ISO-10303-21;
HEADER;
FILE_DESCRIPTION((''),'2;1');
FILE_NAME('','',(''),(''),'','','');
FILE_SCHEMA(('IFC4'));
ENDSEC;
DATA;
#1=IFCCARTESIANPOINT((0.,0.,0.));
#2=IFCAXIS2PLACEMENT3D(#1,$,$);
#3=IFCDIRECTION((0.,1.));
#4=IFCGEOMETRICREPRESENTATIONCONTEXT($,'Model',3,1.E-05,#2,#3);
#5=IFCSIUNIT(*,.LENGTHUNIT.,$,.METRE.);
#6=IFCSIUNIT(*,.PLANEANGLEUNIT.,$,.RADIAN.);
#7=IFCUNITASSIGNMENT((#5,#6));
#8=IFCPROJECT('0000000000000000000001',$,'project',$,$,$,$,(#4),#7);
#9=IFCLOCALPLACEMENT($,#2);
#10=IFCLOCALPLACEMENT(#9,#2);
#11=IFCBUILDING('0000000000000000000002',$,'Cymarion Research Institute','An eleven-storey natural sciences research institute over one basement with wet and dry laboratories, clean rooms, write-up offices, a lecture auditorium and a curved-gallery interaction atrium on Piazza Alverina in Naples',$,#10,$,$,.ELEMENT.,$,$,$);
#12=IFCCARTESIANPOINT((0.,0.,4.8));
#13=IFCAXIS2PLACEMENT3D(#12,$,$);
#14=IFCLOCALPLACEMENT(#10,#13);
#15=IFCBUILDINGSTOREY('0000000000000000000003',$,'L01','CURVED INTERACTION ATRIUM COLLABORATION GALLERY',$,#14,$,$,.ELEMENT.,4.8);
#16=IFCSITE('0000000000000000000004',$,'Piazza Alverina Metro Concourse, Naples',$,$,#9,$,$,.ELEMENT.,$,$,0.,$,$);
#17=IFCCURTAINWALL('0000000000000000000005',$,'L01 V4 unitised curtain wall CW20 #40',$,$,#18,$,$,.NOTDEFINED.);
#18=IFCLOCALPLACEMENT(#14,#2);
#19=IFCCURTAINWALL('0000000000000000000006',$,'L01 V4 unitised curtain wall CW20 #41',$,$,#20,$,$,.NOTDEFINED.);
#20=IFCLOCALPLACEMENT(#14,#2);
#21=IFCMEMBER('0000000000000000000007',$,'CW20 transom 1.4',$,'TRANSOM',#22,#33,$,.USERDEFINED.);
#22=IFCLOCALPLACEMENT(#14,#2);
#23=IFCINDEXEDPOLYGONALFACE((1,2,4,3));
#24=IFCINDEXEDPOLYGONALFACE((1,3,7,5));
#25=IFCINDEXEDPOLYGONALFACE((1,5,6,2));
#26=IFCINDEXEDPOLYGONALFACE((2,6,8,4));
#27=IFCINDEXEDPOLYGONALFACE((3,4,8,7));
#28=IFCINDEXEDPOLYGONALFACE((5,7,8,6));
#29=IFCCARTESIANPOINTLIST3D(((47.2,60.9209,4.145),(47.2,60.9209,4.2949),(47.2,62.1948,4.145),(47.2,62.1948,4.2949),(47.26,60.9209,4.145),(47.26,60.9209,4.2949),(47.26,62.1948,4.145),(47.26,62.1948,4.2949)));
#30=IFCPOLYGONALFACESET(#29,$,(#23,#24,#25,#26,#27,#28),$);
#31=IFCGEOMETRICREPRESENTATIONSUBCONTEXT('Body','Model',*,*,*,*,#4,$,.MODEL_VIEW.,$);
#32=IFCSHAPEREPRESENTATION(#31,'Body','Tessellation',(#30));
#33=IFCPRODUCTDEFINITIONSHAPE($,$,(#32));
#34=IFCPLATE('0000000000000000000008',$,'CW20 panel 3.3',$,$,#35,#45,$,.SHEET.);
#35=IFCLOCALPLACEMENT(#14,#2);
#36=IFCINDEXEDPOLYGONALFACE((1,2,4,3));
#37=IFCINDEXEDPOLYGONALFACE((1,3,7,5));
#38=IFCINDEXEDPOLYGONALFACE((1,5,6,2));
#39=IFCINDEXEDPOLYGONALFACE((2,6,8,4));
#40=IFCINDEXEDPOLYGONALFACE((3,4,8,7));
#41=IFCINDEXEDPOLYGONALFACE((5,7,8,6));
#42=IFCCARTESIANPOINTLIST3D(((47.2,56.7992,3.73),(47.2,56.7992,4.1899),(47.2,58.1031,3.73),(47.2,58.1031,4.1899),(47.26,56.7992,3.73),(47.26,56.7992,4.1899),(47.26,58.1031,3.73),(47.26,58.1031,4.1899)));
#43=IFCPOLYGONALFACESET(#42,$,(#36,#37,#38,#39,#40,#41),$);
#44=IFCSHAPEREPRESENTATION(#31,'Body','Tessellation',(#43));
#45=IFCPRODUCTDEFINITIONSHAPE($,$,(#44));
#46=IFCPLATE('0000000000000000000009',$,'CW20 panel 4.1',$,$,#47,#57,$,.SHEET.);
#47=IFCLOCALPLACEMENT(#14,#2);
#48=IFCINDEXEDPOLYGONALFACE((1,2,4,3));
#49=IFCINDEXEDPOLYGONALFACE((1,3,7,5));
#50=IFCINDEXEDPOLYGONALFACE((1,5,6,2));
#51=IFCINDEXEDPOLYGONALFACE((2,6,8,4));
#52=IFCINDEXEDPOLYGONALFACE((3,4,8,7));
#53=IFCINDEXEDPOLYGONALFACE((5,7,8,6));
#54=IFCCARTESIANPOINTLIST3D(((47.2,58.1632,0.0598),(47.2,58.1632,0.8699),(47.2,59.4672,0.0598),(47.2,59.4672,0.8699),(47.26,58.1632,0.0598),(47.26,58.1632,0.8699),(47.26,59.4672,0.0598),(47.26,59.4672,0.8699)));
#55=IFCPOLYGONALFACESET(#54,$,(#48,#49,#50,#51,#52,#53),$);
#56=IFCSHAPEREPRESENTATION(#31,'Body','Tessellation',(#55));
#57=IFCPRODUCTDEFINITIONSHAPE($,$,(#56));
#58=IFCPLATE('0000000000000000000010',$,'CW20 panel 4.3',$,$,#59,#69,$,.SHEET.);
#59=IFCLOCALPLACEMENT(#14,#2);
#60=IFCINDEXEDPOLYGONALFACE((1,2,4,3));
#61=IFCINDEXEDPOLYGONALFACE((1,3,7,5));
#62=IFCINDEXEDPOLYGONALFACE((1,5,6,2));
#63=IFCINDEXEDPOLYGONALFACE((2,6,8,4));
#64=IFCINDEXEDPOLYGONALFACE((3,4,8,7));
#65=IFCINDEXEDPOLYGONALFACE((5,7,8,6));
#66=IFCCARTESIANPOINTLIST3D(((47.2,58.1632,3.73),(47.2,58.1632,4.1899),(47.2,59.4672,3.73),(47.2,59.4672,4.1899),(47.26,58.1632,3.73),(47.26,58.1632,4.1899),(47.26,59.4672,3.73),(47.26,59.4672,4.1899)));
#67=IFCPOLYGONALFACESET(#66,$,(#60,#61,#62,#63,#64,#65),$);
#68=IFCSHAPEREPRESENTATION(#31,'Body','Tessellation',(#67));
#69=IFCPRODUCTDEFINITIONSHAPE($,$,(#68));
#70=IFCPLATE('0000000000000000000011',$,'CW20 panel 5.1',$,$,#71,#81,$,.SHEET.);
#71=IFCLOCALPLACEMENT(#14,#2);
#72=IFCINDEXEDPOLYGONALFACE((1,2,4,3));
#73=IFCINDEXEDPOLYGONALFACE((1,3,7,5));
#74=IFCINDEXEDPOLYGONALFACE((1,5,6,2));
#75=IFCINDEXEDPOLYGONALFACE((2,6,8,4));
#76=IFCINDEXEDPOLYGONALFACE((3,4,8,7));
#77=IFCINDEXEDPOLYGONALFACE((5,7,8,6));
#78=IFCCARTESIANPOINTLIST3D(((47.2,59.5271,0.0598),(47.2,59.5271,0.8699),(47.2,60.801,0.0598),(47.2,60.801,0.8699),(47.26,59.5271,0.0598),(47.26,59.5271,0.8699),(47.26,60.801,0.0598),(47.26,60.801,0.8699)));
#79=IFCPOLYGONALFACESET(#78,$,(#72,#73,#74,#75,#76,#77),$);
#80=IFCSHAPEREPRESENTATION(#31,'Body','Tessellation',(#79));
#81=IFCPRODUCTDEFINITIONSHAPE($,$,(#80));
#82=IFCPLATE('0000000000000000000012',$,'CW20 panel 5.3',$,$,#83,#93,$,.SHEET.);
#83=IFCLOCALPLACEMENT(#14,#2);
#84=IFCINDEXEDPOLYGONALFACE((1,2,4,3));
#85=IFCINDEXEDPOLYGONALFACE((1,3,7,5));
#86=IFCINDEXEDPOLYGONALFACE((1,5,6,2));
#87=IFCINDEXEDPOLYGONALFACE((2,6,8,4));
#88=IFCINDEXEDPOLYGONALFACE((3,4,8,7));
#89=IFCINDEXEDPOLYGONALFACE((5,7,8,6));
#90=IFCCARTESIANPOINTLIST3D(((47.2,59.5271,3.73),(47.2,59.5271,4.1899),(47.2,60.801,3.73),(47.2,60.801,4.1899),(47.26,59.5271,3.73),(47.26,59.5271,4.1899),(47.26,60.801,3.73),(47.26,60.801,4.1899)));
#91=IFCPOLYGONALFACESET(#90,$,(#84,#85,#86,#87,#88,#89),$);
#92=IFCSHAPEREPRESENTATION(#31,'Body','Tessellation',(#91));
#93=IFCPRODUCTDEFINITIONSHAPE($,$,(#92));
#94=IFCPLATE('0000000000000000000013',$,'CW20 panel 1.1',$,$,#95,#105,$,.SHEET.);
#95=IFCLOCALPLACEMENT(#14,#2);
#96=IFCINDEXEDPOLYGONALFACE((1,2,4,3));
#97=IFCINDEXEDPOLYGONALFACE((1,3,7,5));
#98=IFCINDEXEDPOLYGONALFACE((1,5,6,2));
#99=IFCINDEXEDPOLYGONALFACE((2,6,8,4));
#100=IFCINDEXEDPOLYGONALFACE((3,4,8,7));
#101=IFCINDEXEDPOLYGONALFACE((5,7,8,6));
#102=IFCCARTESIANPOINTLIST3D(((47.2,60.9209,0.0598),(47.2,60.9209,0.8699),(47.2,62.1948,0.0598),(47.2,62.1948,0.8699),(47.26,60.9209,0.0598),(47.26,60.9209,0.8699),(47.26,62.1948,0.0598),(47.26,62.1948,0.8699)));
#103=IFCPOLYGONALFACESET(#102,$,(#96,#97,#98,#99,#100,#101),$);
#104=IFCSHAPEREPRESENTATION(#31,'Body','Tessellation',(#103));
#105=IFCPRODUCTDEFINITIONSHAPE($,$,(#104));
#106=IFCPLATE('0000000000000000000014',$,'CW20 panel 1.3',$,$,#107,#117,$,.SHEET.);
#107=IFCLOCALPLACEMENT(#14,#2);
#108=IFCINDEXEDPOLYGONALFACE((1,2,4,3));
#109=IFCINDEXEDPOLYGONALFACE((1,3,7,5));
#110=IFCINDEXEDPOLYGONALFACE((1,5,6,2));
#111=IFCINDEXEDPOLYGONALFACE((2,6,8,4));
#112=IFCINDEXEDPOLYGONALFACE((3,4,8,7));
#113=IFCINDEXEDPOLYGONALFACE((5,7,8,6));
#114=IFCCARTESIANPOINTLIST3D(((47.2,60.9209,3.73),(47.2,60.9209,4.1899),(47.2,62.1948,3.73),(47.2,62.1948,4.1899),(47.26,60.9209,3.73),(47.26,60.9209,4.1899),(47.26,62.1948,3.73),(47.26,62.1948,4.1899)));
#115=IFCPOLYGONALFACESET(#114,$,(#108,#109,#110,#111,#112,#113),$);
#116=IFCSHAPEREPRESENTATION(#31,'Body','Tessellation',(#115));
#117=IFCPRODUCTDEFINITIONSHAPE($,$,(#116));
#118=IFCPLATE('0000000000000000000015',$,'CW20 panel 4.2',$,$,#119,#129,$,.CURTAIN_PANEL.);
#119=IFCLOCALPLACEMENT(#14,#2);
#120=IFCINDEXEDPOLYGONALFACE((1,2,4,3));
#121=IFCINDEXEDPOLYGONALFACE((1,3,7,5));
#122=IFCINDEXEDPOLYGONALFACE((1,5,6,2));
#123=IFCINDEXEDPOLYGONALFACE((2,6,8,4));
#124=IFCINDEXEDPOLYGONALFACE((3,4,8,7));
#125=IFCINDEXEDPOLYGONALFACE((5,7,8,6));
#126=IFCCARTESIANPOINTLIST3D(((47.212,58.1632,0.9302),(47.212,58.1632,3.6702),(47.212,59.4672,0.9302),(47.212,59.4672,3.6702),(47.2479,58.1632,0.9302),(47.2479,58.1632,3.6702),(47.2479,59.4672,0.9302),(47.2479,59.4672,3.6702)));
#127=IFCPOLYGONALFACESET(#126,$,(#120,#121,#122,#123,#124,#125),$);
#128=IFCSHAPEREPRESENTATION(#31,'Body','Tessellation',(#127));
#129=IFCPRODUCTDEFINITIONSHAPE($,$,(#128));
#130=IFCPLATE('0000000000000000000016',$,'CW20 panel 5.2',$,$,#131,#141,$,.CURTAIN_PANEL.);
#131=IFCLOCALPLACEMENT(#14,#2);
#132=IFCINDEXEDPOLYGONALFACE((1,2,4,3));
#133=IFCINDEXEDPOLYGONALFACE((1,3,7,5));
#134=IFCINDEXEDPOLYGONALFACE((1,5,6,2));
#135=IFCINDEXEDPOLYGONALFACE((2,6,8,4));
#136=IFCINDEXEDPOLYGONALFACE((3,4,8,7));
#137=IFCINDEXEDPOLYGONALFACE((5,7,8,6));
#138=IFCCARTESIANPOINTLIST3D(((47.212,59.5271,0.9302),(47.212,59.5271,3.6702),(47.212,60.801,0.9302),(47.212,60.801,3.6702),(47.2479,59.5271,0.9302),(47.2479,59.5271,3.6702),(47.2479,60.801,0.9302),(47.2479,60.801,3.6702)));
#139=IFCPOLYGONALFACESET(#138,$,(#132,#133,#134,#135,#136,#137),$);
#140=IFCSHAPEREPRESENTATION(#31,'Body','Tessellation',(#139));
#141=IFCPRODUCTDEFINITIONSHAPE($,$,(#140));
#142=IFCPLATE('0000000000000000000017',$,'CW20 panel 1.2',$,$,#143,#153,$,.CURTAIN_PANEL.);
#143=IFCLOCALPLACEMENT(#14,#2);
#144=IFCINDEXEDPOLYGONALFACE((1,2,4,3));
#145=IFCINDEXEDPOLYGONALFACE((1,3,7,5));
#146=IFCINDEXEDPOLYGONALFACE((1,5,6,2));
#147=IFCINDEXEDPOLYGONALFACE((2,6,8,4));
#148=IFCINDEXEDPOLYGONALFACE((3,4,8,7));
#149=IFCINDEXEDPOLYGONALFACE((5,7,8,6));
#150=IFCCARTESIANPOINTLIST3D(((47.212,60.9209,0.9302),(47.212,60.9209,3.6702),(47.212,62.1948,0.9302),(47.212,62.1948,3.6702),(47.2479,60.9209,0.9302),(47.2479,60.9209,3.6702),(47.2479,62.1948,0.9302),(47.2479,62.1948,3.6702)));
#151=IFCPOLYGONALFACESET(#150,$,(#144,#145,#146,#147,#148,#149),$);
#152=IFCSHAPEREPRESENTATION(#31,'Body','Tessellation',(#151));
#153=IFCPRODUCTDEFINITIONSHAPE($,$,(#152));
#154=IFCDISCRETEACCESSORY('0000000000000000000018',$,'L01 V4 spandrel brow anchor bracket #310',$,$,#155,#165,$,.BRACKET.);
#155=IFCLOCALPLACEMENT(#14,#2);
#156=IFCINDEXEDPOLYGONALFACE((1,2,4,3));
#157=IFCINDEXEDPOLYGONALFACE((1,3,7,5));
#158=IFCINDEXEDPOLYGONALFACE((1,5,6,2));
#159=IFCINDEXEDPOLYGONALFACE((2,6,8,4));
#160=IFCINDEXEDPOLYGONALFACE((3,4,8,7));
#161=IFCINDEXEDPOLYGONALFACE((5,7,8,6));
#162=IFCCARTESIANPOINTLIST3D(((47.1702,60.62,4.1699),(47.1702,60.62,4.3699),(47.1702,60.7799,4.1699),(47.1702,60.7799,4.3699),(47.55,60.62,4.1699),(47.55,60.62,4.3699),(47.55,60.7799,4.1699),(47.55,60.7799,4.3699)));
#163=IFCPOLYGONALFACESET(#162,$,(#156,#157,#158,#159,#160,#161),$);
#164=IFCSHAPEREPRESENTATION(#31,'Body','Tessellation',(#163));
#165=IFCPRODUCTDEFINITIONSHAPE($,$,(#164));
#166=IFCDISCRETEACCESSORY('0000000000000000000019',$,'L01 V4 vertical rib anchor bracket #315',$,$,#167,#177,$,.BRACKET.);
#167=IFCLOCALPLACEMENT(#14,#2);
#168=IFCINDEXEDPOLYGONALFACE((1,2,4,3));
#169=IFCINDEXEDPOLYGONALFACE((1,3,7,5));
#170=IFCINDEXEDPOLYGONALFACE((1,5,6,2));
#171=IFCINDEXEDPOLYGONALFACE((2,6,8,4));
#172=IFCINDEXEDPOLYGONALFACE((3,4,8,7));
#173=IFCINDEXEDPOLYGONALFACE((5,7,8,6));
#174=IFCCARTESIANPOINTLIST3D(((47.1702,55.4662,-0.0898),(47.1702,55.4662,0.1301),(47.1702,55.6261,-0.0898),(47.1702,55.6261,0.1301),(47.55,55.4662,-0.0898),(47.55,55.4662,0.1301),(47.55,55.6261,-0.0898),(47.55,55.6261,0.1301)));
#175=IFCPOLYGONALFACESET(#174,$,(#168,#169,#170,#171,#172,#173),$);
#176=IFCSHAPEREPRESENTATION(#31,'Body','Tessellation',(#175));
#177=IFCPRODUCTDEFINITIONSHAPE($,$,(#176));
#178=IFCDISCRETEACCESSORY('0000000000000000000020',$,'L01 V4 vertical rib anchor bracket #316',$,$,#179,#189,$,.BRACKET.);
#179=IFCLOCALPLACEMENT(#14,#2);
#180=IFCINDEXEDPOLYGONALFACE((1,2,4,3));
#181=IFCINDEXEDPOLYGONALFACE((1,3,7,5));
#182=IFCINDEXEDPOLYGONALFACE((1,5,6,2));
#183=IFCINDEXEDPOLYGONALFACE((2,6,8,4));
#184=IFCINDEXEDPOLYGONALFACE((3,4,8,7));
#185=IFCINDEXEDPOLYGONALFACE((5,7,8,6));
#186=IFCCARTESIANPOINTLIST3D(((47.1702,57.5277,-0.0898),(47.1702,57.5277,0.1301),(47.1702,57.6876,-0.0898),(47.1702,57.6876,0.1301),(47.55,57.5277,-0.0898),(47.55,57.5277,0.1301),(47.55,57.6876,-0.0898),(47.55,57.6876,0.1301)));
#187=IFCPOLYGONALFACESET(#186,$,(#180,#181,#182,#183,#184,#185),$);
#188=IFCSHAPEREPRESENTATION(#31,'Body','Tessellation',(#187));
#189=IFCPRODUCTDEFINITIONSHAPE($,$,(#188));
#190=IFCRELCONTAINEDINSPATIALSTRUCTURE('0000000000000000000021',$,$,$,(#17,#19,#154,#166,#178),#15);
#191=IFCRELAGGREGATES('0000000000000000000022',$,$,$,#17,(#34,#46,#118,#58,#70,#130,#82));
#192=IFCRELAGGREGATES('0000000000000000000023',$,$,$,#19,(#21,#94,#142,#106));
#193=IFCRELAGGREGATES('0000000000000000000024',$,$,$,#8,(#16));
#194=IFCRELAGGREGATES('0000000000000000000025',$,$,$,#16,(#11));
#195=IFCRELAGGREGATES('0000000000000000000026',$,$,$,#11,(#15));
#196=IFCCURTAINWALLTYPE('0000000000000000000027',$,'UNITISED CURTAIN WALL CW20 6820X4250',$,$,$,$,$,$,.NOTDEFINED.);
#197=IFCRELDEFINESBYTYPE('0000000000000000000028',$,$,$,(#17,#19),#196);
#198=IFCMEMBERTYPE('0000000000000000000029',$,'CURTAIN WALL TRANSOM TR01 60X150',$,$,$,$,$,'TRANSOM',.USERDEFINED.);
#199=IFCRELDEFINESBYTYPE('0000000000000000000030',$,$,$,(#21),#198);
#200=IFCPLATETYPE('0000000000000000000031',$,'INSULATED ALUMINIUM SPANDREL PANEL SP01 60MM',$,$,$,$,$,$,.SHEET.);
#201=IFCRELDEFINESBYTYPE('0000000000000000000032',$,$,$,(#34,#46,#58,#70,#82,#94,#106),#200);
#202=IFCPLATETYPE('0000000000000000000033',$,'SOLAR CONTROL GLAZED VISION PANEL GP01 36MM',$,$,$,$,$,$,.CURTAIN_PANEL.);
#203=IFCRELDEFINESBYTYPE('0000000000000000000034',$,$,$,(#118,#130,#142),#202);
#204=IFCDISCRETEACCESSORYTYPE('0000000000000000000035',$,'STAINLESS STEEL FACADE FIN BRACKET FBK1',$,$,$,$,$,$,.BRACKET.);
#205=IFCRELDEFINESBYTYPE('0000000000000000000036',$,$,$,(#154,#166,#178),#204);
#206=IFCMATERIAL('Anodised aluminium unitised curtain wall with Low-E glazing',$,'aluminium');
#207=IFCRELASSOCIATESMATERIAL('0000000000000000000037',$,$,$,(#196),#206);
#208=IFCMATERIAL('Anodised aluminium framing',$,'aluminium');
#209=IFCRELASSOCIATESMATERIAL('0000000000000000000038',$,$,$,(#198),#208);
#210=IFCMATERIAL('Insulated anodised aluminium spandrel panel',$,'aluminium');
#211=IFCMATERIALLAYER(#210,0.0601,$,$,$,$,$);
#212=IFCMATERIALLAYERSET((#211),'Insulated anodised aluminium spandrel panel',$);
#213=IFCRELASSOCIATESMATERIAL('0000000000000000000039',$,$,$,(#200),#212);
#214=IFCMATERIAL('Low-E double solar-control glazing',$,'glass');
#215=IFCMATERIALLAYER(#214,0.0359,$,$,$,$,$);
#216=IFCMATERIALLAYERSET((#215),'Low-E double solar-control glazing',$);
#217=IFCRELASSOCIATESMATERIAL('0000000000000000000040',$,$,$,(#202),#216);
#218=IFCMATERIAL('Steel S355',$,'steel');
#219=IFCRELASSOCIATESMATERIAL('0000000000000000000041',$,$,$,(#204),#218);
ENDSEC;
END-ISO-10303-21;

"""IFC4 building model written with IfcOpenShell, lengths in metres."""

from ifc_helpers import new_model, si_unit, direction, frame, origin, origin_2d, place, context, subcontext, project, spatial, rectangle, extrude, material, layer, layer_set, material_profile, profile_set, type_object, element, aggregate, save


model = new_model("IFC4")

# Units and contexts
model_context = context("Model", 3, precision=1e-05, world=origin(), true_north=direction((0.0, 1.0)))
body_context = subcontext(model_context, "Body", "Model", "MODEL_VIEW")
ifc_project = project(units=[si_unit("LENGTHUNIT", "METRE"), si_unit("PLANEANGLEUNIT", "RADIAN")], contexts=[model_context])

# Site, building, storey
site_placement = place(None, origin())
site = spatial("IfcSite", under=ifc_project, at=site_placement, Name="Piazza Alverina Metro Concourse, Naples", CompositionType="ELEMENT", RefElevation=0.0)
building_placement = place(site_placement, origin())
building = spatial("IfcBuilding", under=site, at=building_placement, Name="Cymarion Research Institute", Description="An eleven-storey natural sciences research institute over one basement with wet and dry laboratories, clean rooms, write-up offices, a lecture auditorium and a curved-gallery interaction atrium on Piazza Alverina in Naples", CompositionType="ELEMENT")
storey_placement = place(building_placement, frame((0.0, 0.0, 4.8)))
storey = spatial("IfcBuildingStorey", under=building, at=storey_placement, Name="L01", Description="CURVED INTERACTION ATRIUM COLLABORATION GALLERY", CompositionType="ELEMENT", Elevation=4.8)

# Curtain wall
ifc_material_1 = material(Name="Anodised aluminium unitised curtain wall with Low-E glazing", Category="aluminium")
curtain_wall_type = type_object("IfcCurtainWallType", Name="UNITISED CURTAIN WALL CW20 6820X4250", PredefinedType="NOTDEFINED", material=ifc_material_1)
curtain_wall_1_placement = place(storey_placement, origin())
curtain_wall_1 = element("IfcCurtainWall", 1, at=curtain_wall_1_placement, inside=storey, type_object=curtain_wall_type, Name="L01 V4 unitised curtain wall CW20 #40", PredefinedType="NOTDEFINED")
ifc_material_2 = material(Name="Anodised aluminium framing", Category="aluminium")

# Curtain wall
curtain_wall_2_placement = place(storey_placement, origin())
curtain_wall_2 = element("IfcCurtainWall", 2, at=curtain_wall_2_placement, inside=storey, type_object=curtain_wall_type, Name="L01 V4 unitised curtain wall CW20 #41", PredefinedType="NOTDEFINED")

# Member
ifc_material_profile_1 = material_profile(ifc_material_2, rectangle(XDim=0.0601, YDim=0.1499, at=origin_2d()), Name="ALU TRANSOM 60x150")
ifc_profile_set_1 = profile_set([ifc_material_profile_1], Name="Anodised aluminium framing")
member_type_1 = type_object("IfcMemberType", Name="CURTAIN WALL TRANSOM TR01 60X150", ElementType="TRANSOM", PredefinedType="USERDEFINED", material=ifc_profile_set_1)
member_1_placement = place(storey_placement, frame((47.23, 60.9209, 4.22), z_axis=(0.0, 1.0, 0.0), x_axis=(-1.0, 0.0, 0.0)))
member_1 = element("IfcMember", 3, at=member_1_placement, type_object=member_type_1, Name="CW20 transom 1.4", ObjectType="TRANSOM", PredefinedType="USERDEFINED", context=body_context, shape_type="SweptSolid", body=[
    extrude(rectangle(XDim=0.0601, YDim=0.1499, at=origin_2d()), origin(), (0.0, 0.0, 1.0), 1.2739),
])

# Plates
ifc_material_3 = material(Name="Insulated anodised aluminium spandrel panel", Category="aluminium")
ifc_layer_1 = layer(ifc_material_3, 0.0601)
ifc_layer_set_1 = layer_set([ifc_layer_1], Name="Insulated anodised aluminium spandrel panel")
plate_type_1 = type_object("IfcPlateType", Name="INSULATED ALUMINIUM SPANDREL PANEL SP01 60MM", PredefinedType="SHEET", material=ifc_layer_set_1)
plate_1_placement = place(storey_placement, frame((47.23, 57.4512, 3.73), z_axis=(0.0, 0.0, 1.0), x_axis=(0.0, 1.0, 0.0)))
plate_1 = element("IfcPlate", 4, at=plate_1_placement, type_object=plate_type_1, Name="CW20 panel 3.3", PredefinedType="SHEET", context=body_context, shape_type="SweptSolid", body=[
    extrude(rectangle(XDim=1.304, YDim=0.0601, at=origin_2d()), origin(), (0.0, 0.0, 1.0), 0.46),
])
plate_2_placement = place(storey_placement, frame((47.23, 58.8152, 0.0598), z_axis=(0.0, 0.0, 1.0), x_axis=(0.0, 1.0, 0.0)))
plate_2 = element("IfcPlate", 5, at=plate_2_placement, type_object=plate_type_1, Name="CW20 panel 4.1", PredefinedType="SHEET", context=body_context, shape_type="SweptSolid", body=[
    extrude(rectangle(XDim=1.304, YDim=0.0601, at=origin_2d()), origin(), (0.0, 0.0, 1.0), 0.8101),
])
plate_3_placement = place(storey_placement, frame((47.23, 58.8152, 3.73), z_axis=(0.0, 0.0, 1.0), x_axis=(0.0, 1.0, 0.0)))
plate_3 = element("IfcPlate", 6, at=plate_3_placement, type_object=plate_type_1, Name="CW20 panel 4.3", PredefinedType="SHEET", context=body_context, shape_type="SweptSolid", body=[
    extrude(rectangle(XDim=1.304, YDim=0.0601, at=origin_2d()), origin(), (0.0, 0.0, 1.0), 0.46),
])
plate_4_placement = place(storey_placement, frame((47.23, 60.1641, 0.0598), z_axis=(0.0, 0.0, 1.0), x_axis=(0.0, 1.0, 0.0)))
plate_4 = element("IfcPlate", 7, at=plate_4_placement, type_object=plate_type_1, Name="CW20 panel 5.1", PredefinedType="SHEET", context=body_context, shape_type="SweptSolid", body=[
    extrude(rectangle(XDim=1.2739, YDim=0.0601, at=origin_2d()), origin(), (0.0, 0.0, 1.0), 0.8101),
])
plate_5_placement = place(storey_placement, frame((47.23, 60.1641, 3.73), z_axis=(0.0, 0.0, 1.0), x_axis=(0.0, 1.0, 0.0)))
plate_5 = element("IfcPlate", 8, at=plate_5_placement, type_object=plate_type_1, Name="CW20 panel 5.3", PredefinedType="SHEET", context=body_context, shape_type="SweptSolid", body=[
    extrude(rectangle(XDim=1.2739, YDim=0.0601, at=origin_2d()), origin(), (0.0, 0.0, 1.0), 0.46),
])
plate_6_placement = place(storey_placement, frame((47.23, 61.5579, 0.0598), z_axis=(0.0, 0.0, 1.0), x_axis=(0.0, 1.0, 0.0)))
plate_6 = element("IfcPlate", 9, at=plate_6_placement, type_object=plate_type_1, Name="CW20 panel 1.1", PredefinedType="SHEET", context=body_context, shape_type="SweptSolid", body=[
    extrude(rectangle(XDim=1.2739, YDim=0.0601, at=origin_2d()), origin(), (0.0, 0.0, 1.0), 0.8101),
])
plate_7_placement = place(storey_placement, frame((47.23, 61.5579, 3.73), z_axis=(0.0, 0.0, 1.0), x_axis=(0.0, 1.0, 0.0)))
plate_7 = element("IfcPlate", 10, at=plate_7_placement, type_object=plate_type_1, Name="CW20 panel 1.3", PredefinedType="SHEET", context=body_context, shape_type="SweptSolid", body=[
    extrude(rectangle(XDim=1.2739, YDim=0.0601, at=origin_2d()), origin(), (0.0, 0.0, 1.0), 0.46),
])
ifc_material_4 = material(Name="Low-E double solar-control glazing", Category="glass")
ifc_layer_2 = layer(ifc_material_4, 0.0359)
ifc_layer_set_2 = layer_set([ifc_layer_2], Name="Low-E double solar-control glazing")
plate_type_2 = type_object("IfcPlateType", Name="SOLAR CONTROL GLAZED VISION PANEL GP01 36MM", PredefinedType="CURTAIN_PANEL", material=ifc_layer_set_2)
plate_8_placement = place(storey_placement, frame((47.23, 58.8152, 0.9302), z_axis=(0.0, 0.0, 1.0), x_axis=(0.0, 1.0, 0.0)))
plate_8 = element("IfcPlate", 11, at=plate_8_placement, type_object=plate_type_2, Name="CW20 panel 4.2", PredefinedType="CURTAIN_PANEL", context=body_context, shape_type="SweptSolid", body=[
    extrude(rectangle(XDim=1.304, YDim=0.0359, at=origin_2d()), origin(), (0.0, 0.0, 1.0), 2.74),
])
plate_9_placement = place(storey_placement, frame((47.23, 60.1641, 0.9302), z_axis=(0.0, 0.0, 1.0), x_axis=(0.0, 1.0, 0.0)))
plate_9 = element("IfcPlate", 12, at=plate_9_placement, type_object=plate_type_2, Name="CW20 panel 5.2", PredefinedType="CURTAIN_PANEL", context=body_context, shape_type="SweptSolid", body=[
    extrude(rectangle(XDim=1.2739, YDim=0.0359, at=origin_2d()), origin(), (0.0, 0.0, 1.0), 2.74),
])
aggregate(curtain_wall_1, [plate_1, plate_2, plate_8, plate_3, plate_4, plate_9, plate_5])
plate_10_placement = place(storey_placement, frame((47.23, 61.5579, 0.9302), z_axis=(0.0, 0.0, 1.0), x_axis=(0.0, 1.0, 0.0)))
plate_10 = element("IfcPlate", 13, at=plate_10_placement, type_object=plate_type_2, Name="CW20 panel 1.2", PredefinedType="CURTAIN_PANEL", context=body_context, shape_type="SweptSolid", body=[
    extrude(rectangle(XDim=1.2739, YDim=0.0359, at=origin_2d()), origin(), (0.0, 0.0, 1.0), 2.74),
])
aggregate(curtain_wall_2, [member_1, plate_6, plate_10, plate_7])

# Discrete accessories
ifc_material_5 = material(Name="Steel S355", Category="steel")
discrete_accessory_type = type_object("IfcDiscreteAccessoryType", Name="STAINLESS STEEL FACADE FIN BRACKET FBK1", PredefinedType="BRACKET", material=ifc_material_5)
discrete_accessory_placement = place(storey_placement, frame((47.3601, 60.7, 4.1699), z_axis=(0.0, 0.0, 1.0), x_axis=(1.0, 0.0, 0.0)))
element("IfcDiscreteAccessory", 14, at=discrete_accessory_placement, inside=storey, type_object=discrete_accessory_type, Name="L01 V4 spandrel brow anchor bracket #310", PredefinedType="BRACKET", context=body_context, shape_type="SweptSolid", body=[
    extrude(rectangle(XDim=0.3799, YDim=0.1599, at=origin_2d()), origin(), (0.0, 0.0, 1.0), 0.2),
])
for number, where, z_axis, x_axis, name in (
    (15, (47.3601, 55.5461, -0.0898), (0.0, 0.0, 1.0), (1.0, 0.0, 0.0), "L01 V4 vertical rib anchor bracket #315"),
    (16, (47.3601, 57.6077, -0.0898), (0.0, 0.0, 1.0), (1.0, 0.0, 0.0), "L01 V4 vertical rib anchor bracket #316"),
):
    element("IfcDiscreteAccessory", number, at=place(storey_placement, frame(where, z_axis=z_axis, x_axis=x_axis)), inside=storey, type_object=discrete_accessory_type, Name=name, PredefinedType="BRACKET", context=body_context, shape_type="SweptSolid", body=[
        extrude(rectangle(XDim=0.3799, YDim=0.1599, at=origin_2d()), origin(), (0.0, 0.0, 1.0), 0.22),
    ])

save(model, "model.ifc")
